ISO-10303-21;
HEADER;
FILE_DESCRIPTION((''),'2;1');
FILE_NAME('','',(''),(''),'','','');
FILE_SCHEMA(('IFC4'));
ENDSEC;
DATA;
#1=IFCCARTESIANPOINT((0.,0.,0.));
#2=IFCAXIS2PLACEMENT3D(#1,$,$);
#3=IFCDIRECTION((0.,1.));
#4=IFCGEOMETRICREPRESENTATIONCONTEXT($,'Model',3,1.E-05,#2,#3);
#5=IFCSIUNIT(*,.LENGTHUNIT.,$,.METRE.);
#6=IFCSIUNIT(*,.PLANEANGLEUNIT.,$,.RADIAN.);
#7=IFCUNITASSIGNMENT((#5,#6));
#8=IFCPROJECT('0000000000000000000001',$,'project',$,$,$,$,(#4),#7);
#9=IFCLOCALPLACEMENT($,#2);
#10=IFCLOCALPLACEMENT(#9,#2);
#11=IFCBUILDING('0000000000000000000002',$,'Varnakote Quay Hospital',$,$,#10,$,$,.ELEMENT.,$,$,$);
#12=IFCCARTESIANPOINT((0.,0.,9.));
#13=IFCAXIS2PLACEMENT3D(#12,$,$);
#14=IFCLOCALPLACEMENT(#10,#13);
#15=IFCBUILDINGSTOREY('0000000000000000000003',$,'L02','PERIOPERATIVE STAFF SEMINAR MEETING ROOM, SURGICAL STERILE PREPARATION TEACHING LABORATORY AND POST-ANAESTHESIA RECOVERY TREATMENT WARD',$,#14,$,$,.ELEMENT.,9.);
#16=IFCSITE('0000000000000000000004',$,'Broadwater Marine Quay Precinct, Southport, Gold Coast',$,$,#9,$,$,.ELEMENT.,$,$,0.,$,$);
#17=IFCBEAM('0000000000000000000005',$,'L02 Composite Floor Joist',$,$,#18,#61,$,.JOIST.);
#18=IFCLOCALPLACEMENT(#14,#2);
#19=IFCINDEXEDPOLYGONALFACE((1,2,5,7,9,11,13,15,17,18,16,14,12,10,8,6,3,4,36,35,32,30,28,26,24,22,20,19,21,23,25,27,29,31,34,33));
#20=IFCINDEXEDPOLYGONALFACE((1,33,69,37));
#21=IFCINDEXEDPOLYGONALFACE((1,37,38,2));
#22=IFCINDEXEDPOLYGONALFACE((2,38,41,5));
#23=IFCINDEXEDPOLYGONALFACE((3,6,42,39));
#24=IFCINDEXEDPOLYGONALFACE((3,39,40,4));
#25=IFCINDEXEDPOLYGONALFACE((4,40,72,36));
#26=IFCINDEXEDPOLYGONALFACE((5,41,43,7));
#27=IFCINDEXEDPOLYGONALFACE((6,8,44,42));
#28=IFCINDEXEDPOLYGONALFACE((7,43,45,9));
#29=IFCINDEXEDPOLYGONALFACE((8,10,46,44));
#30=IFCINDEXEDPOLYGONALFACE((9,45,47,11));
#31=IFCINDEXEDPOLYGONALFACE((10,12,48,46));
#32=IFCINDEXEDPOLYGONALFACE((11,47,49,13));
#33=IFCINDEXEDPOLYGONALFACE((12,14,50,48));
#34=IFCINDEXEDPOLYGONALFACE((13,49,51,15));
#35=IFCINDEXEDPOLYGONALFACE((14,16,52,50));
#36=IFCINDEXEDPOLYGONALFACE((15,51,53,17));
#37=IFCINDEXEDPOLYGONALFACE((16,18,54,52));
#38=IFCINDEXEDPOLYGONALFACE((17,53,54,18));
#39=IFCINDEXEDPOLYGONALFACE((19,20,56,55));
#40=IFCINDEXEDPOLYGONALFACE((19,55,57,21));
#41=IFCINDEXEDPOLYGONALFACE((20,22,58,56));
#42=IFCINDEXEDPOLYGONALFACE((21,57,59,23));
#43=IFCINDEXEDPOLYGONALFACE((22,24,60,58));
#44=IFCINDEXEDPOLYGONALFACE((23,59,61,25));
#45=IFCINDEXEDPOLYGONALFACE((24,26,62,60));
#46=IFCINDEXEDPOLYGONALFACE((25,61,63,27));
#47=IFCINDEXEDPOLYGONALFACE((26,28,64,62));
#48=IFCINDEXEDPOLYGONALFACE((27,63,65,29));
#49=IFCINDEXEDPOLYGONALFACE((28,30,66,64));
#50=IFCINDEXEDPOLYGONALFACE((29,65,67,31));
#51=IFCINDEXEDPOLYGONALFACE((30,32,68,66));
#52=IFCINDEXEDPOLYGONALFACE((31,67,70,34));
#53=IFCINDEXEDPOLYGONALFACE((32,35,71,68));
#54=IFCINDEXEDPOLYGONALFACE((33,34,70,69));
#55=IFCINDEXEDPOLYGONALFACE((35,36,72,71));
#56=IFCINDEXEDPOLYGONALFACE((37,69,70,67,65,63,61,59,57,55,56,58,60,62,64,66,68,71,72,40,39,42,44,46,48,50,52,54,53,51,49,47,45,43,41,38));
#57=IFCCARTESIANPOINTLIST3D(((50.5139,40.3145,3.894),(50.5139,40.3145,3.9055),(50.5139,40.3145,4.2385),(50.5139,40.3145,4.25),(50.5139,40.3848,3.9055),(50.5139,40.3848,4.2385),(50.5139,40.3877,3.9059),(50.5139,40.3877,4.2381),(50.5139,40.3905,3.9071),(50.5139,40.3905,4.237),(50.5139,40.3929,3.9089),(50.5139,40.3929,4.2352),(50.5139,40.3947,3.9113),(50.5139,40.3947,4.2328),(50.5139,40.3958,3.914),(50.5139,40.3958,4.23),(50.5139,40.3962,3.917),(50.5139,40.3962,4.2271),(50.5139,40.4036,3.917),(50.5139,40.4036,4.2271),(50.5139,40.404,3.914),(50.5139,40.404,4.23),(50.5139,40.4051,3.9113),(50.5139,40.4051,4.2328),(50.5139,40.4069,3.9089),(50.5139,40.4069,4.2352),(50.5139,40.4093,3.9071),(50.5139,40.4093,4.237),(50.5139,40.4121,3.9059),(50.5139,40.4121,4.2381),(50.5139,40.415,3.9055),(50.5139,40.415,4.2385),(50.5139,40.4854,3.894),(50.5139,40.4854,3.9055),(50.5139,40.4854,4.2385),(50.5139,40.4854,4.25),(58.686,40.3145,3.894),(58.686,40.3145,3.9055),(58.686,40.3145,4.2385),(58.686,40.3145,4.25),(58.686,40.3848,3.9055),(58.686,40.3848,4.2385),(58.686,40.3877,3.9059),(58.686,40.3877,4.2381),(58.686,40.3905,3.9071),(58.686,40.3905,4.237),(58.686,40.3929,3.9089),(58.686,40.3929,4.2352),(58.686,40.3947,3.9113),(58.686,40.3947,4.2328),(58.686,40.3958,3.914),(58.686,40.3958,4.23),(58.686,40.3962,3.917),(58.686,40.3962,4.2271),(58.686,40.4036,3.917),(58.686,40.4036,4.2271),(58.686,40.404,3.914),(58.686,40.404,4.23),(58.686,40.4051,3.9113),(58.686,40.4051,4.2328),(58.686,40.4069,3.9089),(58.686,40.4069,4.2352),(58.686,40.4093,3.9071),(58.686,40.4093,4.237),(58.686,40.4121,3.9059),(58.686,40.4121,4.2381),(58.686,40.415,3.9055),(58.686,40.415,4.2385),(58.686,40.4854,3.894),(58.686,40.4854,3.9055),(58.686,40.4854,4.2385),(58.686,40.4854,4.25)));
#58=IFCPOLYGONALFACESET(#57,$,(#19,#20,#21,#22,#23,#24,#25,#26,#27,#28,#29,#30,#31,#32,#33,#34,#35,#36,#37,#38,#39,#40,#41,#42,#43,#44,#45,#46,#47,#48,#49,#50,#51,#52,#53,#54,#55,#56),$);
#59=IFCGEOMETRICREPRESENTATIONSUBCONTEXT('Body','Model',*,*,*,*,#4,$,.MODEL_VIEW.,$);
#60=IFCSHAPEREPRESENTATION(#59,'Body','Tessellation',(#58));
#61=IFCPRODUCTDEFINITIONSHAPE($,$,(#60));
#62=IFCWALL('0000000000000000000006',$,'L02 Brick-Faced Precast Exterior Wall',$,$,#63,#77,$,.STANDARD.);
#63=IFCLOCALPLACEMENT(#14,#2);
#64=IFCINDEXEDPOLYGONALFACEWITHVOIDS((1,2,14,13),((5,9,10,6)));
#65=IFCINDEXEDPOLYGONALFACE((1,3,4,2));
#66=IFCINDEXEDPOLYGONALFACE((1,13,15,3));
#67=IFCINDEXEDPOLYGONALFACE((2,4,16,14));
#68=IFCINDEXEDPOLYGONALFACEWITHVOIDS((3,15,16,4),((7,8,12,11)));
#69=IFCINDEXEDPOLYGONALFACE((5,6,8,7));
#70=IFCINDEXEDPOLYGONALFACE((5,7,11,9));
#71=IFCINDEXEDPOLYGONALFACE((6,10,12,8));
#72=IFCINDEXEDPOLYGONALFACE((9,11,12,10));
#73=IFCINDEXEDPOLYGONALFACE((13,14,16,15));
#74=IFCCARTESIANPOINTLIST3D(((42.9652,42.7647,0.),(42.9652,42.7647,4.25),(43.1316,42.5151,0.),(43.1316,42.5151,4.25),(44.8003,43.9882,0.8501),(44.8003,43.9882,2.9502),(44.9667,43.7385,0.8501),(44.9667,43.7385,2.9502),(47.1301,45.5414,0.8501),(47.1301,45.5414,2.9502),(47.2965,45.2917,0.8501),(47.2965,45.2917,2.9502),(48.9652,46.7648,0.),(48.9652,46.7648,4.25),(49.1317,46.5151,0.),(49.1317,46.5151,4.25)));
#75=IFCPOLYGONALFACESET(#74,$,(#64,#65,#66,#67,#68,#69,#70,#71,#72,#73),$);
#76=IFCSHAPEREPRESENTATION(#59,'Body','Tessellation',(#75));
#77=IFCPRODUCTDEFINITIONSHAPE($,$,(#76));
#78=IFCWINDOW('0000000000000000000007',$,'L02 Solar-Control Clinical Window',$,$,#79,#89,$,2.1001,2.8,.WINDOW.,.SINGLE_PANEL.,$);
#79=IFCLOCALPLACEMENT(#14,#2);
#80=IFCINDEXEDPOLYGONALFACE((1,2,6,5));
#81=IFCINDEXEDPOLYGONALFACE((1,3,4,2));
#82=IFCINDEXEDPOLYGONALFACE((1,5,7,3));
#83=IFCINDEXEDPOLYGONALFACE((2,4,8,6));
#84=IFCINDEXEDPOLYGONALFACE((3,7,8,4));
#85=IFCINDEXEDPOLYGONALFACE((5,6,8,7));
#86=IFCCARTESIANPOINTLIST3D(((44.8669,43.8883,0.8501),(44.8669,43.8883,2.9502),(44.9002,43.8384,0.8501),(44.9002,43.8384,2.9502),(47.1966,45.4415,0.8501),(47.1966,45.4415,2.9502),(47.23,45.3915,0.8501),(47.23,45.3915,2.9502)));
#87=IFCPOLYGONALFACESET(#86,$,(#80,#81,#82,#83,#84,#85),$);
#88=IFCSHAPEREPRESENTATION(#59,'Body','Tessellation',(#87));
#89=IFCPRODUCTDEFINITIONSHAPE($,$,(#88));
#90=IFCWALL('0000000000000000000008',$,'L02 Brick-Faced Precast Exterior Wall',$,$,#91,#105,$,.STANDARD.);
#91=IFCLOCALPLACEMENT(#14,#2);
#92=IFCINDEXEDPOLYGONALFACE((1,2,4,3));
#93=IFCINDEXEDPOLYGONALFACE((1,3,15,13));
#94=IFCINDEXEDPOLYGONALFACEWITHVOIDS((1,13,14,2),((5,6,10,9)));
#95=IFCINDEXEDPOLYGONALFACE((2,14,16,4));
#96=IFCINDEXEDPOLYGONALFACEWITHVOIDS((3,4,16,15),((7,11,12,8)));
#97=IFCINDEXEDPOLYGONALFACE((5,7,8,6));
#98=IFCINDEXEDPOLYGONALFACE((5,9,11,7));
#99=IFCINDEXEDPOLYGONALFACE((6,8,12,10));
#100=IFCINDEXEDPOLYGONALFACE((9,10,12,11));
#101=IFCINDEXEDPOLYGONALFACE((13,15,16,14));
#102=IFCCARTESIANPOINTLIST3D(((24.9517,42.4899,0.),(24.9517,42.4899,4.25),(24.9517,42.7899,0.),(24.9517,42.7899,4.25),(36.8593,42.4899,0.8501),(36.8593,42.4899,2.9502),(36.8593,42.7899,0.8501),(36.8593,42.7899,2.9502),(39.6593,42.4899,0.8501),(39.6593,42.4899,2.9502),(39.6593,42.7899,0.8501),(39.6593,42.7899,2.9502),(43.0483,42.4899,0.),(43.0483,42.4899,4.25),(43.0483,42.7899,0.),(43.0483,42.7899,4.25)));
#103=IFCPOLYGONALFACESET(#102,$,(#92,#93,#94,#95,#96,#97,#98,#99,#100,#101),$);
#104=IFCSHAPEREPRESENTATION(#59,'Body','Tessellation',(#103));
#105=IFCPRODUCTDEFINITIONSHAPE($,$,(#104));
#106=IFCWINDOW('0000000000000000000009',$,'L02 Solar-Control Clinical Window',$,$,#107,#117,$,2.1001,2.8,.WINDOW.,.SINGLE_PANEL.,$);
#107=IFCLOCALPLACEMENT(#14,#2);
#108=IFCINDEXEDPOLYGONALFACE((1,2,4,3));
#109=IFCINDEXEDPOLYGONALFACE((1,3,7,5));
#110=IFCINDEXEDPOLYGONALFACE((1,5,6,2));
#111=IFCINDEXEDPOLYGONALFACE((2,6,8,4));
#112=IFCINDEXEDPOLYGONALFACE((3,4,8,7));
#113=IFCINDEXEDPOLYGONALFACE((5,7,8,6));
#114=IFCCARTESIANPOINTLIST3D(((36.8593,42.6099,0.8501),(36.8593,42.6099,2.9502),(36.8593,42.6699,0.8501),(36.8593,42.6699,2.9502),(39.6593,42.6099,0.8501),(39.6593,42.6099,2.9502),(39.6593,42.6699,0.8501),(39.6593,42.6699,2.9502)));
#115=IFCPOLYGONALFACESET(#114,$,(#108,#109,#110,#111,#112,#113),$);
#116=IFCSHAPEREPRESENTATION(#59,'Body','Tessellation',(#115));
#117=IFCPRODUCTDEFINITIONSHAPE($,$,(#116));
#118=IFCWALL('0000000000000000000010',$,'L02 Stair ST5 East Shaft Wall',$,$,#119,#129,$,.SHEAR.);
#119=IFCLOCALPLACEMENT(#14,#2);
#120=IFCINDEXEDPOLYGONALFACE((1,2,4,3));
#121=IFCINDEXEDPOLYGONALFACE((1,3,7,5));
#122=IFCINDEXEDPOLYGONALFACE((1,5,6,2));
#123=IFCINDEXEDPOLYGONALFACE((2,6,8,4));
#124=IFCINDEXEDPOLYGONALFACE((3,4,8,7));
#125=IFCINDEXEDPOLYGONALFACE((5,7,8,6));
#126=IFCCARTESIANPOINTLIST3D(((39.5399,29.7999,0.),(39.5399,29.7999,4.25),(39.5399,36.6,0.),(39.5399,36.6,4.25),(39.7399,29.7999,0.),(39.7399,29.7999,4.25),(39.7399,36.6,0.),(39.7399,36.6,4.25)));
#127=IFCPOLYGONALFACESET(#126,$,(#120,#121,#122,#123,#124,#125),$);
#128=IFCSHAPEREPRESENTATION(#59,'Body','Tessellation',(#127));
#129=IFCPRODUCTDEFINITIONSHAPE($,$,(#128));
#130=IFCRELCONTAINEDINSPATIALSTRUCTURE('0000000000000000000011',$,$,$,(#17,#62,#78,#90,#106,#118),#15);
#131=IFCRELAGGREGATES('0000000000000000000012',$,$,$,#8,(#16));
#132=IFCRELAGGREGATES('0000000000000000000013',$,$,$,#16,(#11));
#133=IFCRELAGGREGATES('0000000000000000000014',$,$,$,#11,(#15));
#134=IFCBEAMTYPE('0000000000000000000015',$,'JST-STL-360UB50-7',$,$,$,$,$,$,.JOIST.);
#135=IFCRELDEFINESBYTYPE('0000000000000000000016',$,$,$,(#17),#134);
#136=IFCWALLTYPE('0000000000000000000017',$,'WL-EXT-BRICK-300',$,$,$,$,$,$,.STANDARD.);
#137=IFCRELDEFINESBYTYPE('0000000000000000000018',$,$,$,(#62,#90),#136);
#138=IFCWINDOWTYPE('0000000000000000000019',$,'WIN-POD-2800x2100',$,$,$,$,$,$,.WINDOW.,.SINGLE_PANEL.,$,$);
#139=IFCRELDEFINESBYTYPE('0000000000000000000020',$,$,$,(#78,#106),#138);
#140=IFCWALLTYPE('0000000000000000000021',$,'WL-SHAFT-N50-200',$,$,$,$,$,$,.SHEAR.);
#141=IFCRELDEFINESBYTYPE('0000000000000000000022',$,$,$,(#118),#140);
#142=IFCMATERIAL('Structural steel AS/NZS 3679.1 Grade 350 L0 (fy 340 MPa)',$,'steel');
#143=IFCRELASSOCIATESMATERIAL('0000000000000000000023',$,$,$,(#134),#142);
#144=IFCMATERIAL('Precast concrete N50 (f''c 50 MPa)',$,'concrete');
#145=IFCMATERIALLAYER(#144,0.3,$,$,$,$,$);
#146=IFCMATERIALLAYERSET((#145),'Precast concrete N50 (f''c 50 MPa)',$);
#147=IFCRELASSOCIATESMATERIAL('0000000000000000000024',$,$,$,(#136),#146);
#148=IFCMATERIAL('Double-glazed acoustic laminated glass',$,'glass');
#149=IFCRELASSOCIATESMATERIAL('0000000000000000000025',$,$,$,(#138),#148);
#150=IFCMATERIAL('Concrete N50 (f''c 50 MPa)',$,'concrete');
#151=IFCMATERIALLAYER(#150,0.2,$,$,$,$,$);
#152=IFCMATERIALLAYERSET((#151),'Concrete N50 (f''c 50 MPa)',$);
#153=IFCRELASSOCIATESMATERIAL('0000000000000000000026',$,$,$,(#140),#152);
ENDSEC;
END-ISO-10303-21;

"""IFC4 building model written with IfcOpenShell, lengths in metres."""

from ifc_helpers import new_model, si_unit, direction, frame, frame_2d, origin, origin_2d, place, context, subcontext, project, spatial, rectangle, i_section, extrude, material, layer, layer_set, material_profile, profile_set, type_object, element, fill, save


model = new_model("IFC4")

# Units and contexts
model_context = context("Model", 3, precision=1e-05, world=origin(), true_north=direction((0.0, 1.0)))
body_context = subcontext(model_context, "Body", "Model", "MODEL_VIEW")
ifc_project = project(units=[si_unit("LENGTHUNIT", "METRE"), si_unit("PLANEANGLEUNIT", "RADIAN")], contexts=[model_context])

# Site, building, storey
site_placement = place(None, origin())
site = spatial("IfcSite", under=ifc_project, at=site_placement, Name="Broadwater Marine Quay Precinct, Southport, Gold Coast", CompositionType="ELEMENT", RefElevation=0.0)
building_placement = place(site_placement, origin())
building = spatial("IfcBuilding", under=site, at=building_placement, Name="Varnakote Quay Hospital", CompositionType="ELEMENT")
storey_placement = place(building_placement, frame((0.0, 0.0, 9.0)))
storey = spatial("IfcBuildingStorey", under=building, at=storey_placement, Name="L02", Description="PERIOPERATIVE STAFF SEMINAR MEETING ROOM, SURGICAL STERILE PREPARATION TEACHING LABORATORY AND POST-ANAESTHESIA RECOVERY TREATMENT WARD", CompositionType="ELEMENT", Elevation=9.0)

# Beam
ifc_material_1 = material(Name="Structural steel AS/NZS 3679.1 Grade 350 L0 (fy 340 MPa)", Category="steel")
ifc_material_profile_1 = material_profile(ifc_material_1, i_section(OverallWidth=0.1709, OverallDepth=0.356, WebThickness=0.0073, FlangeThickness=0.0115, FilletRadius=0.0115, at=origin_2d()), Name="360UB50.7")
ifc_profile_set_1 = profile_set([ifc_material_profile_1], Name="Structural steel AS/NZS 3679.1 Grade 350 L0 (fy 340 MPa)")
beam_type_1 = type_object("IfcBeamType", Name="JST-STL-360UB50-7", PredefinedType="JOIST", material=ifc_profile_set_1)
for number, where, z_axis, x_axis, name in (
    (1, (50.5139, 40.3999, 4.072), (1.0, 0.0, 0.0), (0.0, 1.0, 0.0), "L02 Composite Floor Joist"),
):
    element("IfcBeam", number, at=place(storey_placement, frame(where, z_axis=z_axis, x_axis=x_axis)), inside=storey, type_object=beam_type_1, Name=name, PredefinedType="JOIST", context=body_context, shape_type="SweptSolid", body=[
        extrude(i_section(OverallWidth=0.1709, OverallDepth=0.356, WebThickness=0.0073, FlangeThickness=0.0115, FilletRadius=0.0115, at=origin_2d()), origin(), (0.0, 0.0, 1.0), 8.1721),
    ])

# Walls, openings, windows
ifc_material_2 = material(Name="Precast concrete N50 (f'c 50 MPa)", Category="concrete")
ifc_layer_1 = layer(ifc_material_2, 0.3)
ifc_layer_set_1 = layer_set([ifc_layer_1], Name="Precast concrete N50 (f'c 50 MPa)")
wall_type_1 = type_object("IfcWallType", Name="WL-EXT-BRICK-300", PredefinedType="STANDARD", material=ifc_layer_set_1)
wall_1_placement = place(storey_placement, frame((49.0483, 46.6399, 0.0), z_axis=(0.0, 0.0, 1.0), x_axis=(-0.83205, -0.5547, 0.0)))
wall_1 = element("IfcWall", 2, at=wall_1_placement, inside=storey, type_object=wall_type_1, Name="L02 Brick-Faced Precast Exterior Wall", PredefinedType="STANDARD", context=body_context, shape_type="SweptSolid", body=[
    extrude(rectangle(XDim=7.2112, YDim=0.3, at=frame_2d((3.6055, 0.0))), origin(), (0.0, 0.0, 1.0), 4.25),
])
opening_1_placement = place(wall_1_placement, frame((2.2056, 0.0, 0.8501)))
opening_1 = element("IfcOpeningElement", 3, at=opening_1_placement, cuts=wall_1, PredefinedType="OPENING", context=body_context, shape_type="SweptSolid", body=[
    extrude(rectangle(XDim=2.8, YDim=2.1001, at=frame_2d((1.3999, 1.05))), frame((0.0, 0.1599, 0.0), z_axis=(0.0, -1.0, 0.0), x_axis=(1.0, 0.0, 0.0)), (0.0, 0.0, 1.0), 0.3201),
])
ifc_material_3 = material(Name="Double-glazed acoustic laminated glass", Category="glass")
window_type = type_object("IfcWindowType", Name="WIN-POD-2800x2100", PartitioningType="SINGLE_PANEL", PredefinedType="WINDOW", material=ifc_material_3)
window_1_placement = place(opening_1_placement, origin())
window_1 = element("IfcWindow", 4, at=window_1_placement, inside=storey, type_object=window_type, Name="L02 Solar-Control Clinical Window", OverallHeight=2.1001, OverallWidth=2.8, PartitioningType="SINGLE_PANEL", PredefinedType="WINDOW", context=body_context, shape_type="SweptSolid", body=[
    extrude(rectangle(XDim=2.8, YDim=2.1001, at=frame_2d((1.3999, 1.05))), frame((0.0, 0.03, 0.0), z_axis=(0.0, -1.0, 0.0), x_axis=(1.0, 0.0, 0.0)), (0.0, 0.0, 1.0), 0.0601),
])
fill(opening_1, window_1)
wall_2_placement = place(storey_placement, frame((43.0483, 42.6399, 0.0), z_axis=(0.0, 0.0, 1.0), x_axis=(-1.0, 0.0, 0.0)))
wall_2 = element("IfcWall", 5, at=wall_2_placement, inside=storey, type_object=wall_type_1, Name="L02 Brick-Faced Precast Exterior Wall", PredefinedType="STANDARD", context=body_context, shape_type="SweptSolid", body=[
    extrude(rectangle(XDim=18.0967, YDim=0.3, at=frame_2d((9.0483, 0.0))), origin(), (0.0, 0.0, 1.0), 4.25),
])
opening_2_placement = place(wall_2_placement, frame((3.3892, 0.0, 0.8501)))
opening_2 = element("IfcOpeningElement", 6, at=opening_2_placement, cuts=wall_2, PredefinedType="OPENING", context=body_context, shape_type="SweptSolid", body=[
    extrude(rectangle(XDim=2.8, YDim=2.1001, at=frame_2d((1.3999, 1.05))), frame((0.0, 0.1599, 0.0), z_axis=(0.0, -1.0, 0.0), x_axis=(1.0, 0.0, 0.0)), (0.0, 0.0, 1.0), 0.3201),
])
window_2_placement = place(opening_2_placement, origin())
window_2 = element("IfcWindow", 7, at=window_2_placement, inside=storey, type_object=window_type, Name="L02 Solar-Control Clinical Window", OverallHeight=2.1001, OverallWidth=2.8, PartitioningType="SINGLE_PANEL", PredefinedType="WINDOW", context=body_context, shape_type="SweptSolid", body=[
    extrude(rectangle(XDim=2.8, YDim=2.1001, at=frame_2d((1.3999, 1.05))), frame((0.0, 0.03, 0.0), z_axis=(0.0, -1.0, 0.0), x_axis=(1.0, 0.0, 0.0)), (0.0, 0.0, 1.0), 0.0601),
])
fill(opening_2, window_2)

# Wall
ifc_material_4 = material(Name="Concrete N50 (f'c 50 MPa)", Category="concrete")
ifc_layer_2 = layer(ifc_material_4, 0.2)
ifc_layer_set_2 = layer_set([ifc_layer_2], Name="Concrete N50 (f'c 50 MPa)")
wall_type_2 = type_object("IfcWallType", Name="WL-SHAFT-N50-200", PredefinedType="SHEAR", material=ifc_layer_set_2)
wall_3_placement = place(storey_placement, frame((39.6399, 29.8, 0.0), z_axis=(0.0, 0.0, 1.0), x_axis=(0.0, 1.0, 0.0)))
element("IfcWall", 8, at=wall_3_placement, inside=storey, type_object=wall_type_2, Name="L02 Stair ST5 East Shaft Wall", PredefinedType="SHEAR", context=body_context, shape_type="SweptSolid", body=[
    extrude(rectangle(XDim=6.8, YDim=0.2, at=frame_2d((3.3999, 0.0))), origin(), (0.0, 0.0, 1.0), 4.25),
])

save(model, "model.ifc")
